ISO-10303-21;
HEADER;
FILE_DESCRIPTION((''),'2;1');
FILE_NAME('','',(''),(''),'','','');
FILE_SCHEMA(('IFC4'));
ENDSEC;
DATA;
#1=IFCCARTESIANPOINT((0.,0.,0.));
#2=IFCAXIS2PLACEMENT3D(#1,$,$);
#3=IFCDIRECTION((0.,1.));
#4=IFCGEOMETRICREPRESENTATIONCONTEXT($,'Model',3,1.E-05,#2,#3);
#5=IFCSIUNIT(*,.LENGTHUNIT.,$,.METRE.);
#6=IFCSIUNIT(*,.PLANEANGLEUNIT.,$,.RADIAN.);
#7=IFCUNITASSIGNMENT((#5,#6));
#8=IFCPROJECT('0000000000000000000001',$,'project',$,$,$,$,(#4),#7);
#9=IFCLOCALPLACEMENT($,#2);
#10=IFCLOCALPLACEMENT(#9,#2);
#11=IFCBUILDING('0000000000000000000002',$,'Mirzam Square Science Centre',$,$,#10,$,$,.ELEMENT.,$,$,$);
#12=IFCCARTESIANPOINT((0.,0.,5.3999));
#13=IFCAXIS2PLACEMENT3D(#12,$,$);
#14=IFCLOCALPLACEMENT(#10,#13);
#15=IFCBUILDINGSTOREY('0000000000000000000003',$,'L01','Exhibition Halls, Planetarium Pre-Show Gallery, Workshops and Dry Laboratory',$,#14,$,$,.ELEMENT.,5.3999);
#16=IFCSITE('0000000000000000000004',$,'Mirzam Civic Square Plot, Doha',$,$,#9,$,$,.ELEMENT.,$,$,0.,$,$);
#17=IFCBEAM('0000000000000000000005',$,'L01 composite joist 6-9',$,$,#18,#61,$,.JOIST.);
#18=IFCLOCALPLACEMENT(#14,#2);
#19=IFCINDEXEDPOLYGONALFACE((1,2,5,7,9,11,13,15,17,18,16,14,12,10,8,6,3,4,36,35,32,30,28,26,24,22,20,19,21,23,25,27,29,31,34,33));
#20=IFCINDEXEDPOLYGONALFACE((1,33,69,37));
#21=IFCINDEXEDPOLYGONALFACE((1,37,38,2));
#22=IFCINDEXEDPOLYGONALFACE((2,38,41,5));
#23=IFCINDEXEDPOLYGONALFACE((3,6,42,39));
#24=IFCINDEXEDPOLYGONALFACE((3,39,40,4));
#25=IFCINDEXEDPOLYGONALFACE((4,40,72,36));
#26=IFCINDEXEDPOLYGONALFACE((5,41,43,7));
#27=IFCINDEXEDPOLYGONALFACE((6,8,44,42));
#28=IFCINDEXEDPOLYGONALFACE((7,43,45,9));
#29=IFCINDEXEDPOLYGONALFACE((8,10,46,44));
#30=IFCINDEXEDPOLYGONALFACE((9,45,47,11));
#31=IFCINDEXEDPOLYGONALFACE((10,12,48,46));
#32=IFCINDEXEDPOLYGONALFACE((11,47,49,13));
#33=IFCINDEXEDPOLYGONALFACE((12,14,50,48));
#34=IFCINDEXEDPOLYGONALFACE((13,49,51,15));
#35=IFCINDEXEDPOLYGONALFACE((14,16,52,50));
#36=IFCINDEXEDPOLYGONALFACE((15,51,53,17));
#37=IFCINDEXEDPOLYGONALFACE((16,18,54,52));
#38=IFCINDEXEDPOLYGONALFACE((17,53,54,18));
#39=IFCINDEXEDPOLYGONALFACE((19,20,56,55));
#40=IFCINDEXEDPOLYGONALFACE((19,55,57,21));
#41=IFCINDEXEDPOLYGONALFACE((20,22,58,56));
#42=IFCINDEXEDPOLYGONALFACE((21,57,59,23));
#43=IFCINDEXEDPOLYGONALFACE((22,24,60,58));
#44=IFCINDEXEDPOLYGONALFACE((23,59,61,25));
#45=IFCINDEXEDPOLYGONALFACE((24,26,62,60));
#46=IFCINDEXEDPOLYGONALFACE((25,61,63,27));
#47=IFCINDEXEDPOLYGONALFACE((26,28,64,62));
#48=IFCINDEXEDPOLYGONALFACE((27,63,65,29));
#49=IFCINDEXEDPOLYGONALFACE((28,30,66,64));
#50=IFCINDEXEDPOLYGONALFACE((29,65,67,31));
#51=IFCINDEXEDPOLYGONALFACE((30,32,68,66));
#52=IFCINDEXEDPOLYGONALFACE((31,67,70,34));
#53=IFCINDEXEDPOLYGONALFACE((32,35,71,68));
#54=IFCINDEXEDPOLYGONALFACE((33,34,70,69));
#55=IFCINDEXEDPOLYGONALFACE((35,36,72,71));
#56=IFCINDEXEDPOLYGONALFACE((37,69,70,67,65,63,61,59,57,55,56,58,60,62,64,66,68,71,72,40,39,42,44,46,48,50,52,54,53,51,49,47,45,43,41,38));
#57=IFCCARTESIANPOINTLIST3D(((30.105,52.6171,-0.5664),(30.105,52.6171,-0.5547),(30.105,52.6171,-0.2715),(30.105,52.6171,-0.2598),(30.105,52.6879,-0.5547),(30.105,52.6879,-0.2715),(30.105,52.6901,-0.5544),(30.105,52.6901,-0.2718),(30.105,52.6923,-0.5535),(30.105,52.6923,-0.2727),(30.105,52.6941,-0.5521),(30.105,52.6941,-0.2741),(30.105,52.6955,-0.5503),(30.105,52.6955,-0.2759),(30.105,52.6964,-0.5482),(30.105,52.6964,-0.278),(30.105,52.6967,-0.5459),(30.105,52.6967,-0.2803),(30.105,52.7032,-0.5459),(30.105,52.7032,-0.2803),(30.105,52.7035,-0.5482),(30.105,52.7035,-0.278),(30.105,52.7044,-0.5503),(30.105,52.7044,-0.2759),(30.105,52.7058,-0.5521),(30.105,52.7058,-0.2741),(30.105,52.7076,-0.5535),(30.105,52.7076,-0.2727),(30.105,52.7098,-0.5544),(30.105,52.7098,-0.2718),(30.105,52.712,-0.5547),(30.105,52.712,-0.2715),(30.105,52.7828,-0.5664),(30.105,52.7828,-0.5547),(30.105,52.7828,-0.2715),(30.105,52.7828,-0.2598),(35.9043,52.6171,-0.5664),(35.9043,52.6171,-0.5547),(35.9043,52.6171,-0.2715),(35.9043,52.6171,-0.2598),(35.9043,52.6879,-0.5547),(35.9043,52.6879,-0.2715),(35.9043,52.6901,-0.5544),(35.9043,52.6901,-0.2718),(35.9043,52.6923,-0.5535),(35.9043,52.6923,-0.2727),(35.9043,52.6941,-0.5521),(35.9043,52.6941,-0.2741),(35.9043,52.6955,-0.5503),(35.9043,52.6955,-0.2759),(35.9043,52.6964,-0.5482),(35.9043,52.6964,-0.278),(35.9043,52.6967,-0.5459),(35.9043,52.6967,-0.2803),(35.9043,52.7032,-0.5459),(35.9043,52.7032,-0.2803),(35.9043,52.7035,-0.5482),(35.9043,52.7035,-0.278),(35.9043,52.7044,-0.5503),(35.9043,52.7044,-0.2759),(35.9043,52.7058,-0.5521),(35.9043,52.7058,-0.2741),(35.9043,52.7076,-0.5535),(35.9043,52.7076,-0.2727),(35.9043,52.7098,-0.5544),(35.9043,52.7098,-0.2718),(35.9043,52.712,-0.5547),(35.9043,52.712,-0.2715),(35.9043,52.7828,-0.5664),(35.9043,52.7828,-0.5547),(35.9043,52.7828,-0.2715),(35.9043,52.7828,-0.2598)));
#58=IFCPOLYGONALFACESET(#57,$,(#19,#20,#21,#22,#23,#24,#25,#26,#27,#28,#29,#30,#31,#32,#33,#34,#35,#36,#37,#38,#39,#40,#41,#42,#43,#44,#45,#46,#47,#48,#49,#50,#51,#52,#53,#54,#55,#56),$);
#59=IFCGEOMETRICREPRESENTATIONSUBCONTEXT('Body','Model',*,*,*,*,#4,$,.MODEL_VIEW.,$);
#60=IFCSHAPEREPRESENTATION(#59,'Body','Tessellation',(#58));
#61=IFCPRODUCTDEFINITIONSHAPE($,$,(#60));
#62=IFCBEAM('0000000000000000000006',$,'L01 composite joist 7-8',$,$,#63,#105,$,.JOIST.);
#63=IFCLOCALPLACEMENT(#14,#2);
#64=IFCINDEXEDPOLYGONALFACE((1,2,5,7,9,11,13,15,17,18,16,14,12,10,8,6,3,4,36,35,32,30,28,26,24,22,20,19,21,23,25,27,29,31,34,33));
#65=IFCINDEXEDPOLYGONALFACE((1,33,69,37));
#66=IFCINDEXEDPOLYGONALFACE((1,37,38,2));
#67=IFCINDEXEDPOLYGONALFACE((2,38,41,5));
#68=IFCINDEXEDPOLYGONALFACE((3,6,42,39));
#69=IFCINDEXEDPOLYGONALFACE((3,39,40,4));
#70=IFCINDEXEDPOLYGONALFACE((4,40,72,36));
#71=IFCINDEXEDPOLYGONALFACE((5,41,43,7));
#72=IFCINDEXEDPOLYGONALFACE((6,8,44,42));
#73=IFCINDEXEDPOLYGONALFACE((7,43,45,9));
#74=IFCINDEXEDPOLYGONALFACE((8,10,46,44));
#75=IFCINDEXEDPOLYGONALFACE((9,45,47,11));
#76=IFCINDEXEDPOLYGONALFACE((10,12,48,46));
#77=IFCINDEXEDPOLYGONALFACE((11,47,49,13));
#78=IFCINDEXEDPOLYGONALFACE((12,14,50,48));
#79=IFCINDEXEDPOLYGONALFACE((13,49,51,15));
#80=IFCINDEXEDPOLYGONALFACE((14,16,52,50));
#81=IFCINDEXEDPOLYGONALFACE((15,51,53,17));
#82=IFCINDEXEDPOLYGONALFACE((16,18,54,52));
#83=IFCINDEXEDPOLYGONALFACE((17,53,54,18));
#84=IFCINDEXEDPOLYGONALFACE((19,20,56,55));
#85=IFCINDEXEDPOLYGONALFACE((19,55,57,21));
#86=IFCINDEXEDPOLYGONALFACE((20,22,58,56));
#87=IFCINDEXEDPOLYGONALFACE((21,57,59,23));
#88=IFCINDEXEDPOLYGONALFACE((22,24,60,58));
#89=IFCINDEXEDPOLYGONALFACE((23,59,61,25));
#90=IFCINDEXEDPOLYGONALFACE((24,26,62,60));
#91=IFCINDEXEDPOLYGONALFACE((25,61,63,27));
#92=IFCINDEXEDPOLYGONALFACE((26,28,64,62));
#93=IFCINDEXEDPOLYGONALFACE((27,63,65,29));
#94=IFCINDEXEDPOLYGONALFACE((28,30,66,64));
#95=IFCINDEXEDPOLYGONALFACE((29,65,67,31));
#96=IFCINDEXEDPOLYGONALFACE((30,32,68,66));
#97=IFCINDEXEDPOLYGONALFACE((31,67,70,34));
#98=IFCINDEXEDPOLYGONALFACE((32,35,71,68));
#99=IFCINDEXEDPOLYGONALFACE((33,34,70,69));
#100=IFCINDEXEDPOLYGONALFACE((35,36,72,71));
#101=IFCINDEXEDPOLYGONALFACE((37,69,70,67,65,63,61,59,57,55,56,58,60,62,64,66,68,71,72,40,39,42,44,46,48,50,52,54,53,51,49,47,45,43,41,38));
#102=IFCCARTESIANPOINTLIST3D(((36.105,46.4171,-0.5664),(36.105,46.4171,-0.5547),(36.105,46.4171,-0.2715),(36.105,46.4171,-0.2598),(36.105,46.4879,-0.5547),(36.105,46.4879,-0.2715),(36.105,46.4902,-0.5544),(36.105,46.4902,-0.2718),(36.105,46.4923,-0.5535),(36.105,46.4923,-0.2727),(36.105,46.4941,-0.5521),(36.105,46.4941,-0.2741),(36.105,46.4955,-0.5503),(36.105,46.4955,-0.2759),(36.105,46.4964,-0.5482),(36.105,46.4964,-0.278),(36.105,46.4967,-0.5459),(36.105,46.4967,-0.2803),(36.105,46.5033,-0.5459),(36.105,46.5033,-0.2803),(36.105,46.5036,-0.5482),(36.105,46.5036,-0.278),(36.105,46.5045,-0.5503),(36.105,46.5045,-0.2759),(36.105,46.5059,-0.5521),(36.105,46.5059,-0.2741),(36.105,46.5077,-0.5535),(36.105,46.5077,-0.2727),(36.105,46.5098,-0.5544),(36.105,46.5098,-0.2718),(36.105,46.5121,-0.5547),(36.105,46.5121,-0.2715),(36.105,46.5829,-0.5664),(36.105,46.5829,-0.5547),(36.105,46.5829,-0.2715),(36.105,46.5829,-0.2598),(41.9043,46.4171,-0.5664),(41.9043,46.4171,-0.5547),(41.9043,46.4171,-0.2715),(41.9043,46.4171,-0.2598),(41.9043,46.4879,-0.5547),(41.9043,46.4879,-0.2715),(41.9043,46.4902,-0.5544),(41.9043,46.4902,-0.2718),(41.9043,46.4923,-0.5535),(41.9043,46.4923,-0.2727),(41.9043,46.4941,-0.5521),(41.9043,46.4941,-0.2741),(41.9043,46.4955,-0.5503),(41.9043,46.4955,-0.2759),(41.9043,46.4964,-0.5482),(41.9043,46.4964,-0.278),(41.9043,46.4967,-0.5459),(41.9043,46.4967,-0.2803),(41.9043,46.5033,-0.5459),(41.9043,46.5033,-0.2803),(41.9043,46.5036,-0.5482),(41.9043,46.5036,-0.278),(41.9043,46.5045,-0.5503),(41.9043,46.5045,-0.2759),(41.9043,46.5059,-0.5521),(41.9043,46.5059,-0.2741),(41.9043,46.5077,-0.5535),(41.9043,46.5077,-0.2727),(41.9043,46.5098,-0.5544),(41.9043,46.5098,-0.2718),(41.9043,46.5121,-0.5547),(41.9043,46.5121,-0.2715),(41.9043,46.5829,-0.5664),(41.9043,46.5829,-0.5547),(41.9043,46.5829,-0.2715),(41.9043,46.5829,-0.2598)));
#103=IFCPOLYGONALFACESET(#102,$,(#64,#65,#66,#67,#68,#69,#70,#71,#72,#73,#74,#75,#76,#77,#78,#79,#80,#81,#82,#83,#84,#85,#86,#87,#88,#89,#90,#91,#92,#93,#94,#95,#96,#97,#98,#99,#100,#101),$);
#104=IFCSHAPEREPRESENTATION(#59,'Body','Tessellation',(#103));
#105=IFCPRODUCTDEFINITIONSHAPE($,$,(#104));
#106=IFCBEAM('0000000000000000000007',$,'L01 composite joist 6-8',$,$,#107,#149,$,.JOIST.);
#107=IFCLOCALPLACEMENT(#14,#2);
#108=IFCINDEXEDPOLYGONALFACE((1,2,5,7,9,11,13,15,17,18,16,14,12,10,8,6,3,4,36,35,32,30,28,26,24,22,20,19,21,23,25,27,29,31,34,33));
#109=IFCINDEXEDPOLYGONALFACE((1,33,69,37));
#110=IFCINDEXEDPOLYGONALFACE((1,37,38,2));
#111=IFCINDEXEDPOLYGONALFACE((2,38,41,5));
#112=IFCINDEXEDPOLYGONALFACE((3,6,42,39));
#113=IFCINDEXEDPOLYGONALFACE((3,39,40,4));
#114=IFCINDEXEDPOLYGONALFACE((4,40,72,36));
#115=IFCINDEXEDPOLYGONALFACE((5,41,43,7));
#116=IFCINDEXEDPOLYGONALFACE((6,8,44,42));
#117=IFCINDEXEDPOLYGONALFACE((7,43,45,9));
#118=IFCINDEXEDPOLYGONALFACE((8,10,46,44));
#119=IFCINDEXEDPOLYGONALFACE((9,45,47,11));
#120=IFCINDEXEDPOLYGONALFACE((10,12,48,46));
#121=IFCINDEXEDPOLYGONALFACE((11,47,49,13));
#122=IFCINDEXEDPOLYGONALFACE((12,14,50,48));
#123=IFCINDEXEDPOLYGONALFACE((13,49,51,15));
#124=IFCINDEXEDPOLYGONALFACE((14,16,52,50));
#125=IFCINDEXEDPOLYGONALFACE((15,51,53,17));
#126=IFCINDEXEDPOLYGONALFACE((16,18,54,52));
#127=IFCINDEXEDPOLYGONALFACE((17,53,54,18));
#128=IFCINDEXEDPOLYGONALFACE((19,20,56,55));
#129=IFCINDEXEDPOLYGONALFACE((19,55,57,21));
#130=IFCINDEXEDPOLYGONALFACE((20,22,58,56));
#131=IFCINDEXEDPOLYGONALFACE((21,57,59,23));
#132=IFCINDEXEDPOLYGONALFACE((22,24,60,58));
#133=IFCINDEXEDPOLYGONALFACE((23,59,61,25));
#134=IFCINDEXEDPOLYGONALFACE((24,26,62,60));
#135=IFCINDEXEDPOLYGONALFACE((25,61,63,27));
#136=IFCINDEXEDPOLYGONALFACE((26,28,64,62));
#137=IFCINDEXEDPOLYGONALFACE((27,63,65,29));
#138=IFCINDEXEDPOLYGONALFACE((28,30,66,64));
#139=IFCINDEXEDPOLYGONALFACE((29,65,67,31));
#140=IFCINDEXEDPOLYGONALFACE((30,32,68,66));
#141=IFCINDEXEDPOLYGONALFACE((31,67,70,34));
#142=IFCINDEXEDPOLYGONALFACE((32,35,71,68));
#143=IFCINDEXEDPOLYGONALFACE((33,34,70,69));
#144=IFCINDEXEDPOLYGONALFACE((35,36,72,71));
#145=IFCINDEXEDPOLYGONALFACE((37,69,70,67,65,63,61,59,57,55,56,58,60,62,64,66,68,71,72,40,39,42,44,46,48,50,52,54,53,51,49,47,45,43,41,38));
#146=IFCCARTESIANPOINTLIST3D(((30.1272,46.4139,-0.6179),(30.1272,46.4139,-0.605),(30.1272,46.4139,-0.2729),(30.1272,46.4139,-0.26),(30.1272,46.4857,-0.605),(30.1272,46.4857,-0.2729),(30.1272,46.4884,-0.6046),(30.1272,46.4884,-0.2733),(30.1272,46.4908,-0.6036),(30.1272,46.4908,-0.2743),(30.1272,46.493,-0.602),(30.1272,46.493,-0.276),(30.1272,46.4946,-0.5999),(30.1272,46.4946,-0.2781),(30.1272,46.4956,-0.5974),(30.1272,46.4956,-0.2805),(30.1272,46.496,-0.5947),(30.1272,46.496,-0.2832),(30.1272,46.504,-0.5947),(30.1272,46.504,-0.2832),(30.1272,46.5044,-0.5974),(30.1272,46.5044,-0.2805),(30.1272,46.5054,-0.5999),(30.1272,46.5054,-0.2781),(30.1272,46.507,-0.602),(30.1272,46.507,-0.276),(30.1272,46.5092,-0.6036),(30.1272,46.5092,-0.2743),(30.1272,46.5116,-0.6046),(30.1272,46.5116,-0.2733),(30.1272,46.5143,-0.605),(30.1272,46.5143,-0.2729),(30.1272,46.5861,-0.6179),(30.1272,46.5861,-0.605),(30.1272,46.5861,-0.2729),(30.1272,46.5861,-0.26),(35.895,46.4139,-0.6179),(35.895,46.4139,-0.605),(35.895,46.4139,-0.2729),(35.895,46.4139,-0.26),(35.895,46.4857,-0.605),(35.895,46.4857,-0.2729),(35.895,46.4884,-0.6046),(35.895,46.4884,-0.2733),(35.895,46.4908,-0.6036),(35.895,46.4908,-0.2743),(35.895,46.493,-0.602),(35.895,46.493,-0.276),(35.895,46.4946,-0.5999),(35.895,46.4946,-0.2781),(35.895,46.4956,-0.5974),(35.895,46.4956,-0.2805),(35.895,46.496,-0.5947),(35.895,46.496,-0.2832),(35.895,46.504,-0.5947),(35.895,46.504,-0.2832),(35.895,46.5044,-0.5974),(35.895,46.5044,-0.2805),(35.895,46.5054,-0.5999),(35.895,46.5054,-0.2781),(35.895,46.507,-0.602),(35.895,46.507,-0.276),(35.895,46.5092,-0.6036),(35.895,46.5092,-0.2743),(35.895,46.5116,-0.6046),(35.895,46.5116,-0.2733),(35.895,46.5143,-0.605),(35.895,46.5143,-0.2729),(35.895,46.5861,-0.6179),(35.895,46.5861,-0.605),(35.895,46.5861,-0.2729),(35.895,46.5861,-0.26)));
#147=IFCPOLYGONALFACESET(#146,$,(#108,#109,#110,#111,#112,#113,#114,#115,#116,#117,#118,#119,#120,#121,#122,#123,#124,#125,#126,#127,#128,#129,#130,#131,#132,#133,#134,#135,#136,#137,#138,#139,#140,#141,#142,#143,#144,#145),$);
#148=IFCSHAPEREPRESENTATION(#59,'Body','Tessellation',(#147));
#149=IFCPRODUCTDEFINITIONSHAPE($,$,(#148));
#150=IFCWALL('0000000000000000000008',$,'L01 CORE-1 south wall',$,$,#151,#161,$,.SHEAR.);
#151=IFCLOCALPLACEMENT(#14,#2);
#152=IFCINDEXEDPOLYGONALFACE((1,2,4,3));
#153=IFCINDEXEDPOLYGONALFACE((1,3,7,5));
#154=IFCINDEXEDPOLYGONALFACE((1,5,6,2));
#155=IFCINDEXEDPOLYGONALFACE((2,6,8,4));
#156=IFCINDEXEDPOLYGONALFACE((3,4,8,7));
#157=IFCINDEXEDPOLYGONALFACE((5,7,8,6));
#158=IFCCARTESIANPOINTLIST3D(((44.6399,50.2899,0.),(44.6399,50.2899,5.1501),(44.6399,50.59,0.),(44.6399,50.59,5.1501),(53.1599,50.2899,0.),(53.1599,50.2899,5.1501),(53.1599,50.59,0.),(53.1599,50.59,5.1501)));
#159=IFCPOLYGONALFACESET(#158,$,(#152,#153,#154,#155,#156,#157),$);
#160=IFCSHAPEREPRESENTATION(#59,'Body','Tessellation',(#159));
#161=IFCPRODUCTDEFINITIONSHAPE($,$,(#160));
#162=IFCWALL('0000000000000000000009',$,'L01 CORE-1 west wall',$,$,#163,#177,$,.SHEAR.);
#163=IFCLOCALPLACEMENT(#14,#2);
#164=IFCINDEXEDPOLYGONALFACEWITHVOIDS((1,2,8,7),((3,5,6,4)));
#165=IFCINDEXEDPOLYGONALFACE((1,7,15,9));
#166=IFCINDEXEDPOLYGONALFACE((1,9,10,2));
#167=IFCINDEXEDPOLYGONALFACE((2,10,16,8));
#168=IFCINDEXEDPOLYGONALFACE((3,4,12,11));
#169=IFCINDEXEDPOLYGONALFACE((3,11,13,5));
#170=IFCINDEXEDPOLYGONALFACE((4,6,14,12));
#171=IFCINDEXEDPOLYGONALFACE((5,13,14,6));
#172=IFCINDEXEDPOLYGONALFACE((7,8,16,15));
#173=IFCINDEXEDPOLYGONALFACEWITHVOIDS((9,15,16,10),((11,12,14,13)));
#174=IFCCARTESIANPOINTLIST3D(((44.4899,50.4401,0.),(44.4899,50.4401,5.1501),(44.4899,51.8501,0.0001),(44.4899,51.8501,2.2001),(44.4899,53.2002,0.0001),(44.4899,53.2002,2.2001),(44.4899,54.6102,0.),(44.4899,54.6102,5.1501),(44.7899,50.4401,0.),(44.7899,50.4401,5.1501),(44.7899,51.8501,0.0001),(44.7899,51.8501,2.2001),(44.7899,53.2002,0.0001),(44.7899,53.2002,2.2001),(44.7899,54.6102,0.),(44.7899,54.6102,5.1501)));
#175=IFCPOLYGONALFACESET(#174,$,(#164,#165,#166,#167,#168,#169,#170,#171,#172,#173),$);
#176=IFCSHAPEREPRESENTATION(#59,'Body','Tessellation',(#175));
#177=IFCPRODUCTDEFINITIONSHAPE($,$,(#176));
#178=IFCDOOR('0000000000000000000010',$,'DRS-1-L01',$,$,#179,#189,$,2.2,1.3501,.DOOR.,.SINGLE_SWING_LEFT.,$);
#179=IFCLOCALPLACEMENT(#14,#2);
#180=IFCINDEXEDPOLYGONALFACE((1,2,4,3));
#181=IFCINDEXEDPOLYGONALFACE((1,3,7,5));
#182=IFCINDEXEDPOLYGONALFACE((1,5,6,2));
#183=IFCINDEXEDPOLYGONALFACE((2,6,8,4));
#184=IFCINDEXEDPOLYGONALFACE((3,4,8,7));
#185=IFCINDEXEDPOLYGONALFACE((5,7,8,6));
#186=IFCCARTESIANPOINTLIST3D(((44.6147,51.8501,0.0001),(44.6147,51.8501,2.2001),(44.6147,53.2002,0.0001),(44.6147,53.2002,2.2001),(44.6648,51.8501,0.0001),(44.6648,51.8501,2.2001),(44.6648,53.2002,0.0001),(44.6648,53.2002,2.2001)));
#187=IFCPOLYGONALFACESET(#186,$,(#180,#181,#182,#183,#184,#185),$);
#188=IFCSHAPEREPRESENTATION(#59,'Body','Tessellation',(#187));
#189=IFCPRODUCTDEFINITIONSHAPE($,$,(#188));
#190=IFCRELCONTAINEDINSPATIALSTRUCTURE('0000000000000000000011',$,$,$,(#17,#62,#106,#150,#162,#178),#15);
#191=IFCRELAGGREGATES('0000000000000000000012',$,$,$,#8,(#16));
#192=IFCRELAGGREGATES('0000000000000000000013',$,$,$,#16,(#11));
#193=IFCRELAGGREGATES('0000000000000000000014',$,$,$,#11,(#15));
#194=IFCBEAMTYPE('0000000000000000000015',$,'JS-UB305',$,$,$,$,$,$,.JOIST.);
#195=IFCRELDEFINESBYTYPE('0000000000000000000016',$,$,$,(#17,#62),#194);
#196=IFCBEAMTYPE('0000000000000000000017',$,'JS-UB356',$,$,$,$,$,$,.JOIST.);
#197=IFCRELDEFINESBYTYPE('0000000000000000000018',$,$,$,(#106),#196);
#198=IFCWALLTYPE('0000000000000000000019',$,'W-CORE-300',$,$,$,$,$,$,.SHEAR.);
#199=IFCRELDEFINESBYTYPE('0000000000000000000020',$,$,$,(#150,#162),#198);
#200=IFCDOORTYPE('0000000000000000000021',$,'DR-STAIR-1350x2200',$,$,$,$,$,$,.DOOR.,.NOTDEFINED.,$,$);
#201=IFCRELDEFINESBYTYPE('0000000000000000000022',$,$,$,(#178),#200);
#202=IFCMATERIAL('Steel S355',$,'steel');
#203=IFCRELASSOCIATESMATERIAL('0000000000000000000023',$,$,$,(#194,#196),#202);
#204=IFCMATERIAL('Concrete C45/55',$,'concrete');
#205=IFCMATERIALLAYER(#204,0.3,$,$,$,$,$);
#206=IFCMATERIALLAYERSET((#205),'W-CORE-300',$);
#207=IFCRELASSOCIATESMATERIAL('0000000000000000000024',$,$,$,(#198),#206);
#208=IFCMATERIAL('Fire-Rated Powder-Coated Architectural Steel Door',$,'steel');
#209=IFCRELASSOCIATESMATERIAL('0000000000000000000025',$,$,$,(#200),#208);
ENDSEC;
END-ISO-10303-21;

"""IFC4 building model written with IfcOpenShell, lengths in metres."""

from ifc_helpers import new_model, si_unit, direction, frame, frame_2d, origin, origin_2d, place, context, subcontext, project, spatial, rectangle, i_section, extrude, material, layer, layer_set, material_profile, profile_set, type_object, element, fill, save


model = new_model("IFC4")

# Units and contexts
model_context = context("Model", 3, precision=1e-05, world=origin(), true_north=direction((0.0, 1.0)))
body_context = subcontext(model_context, "Body", "Model", "MODEL_VIEW")
ifc_project = project(units=[si_unit("LENGTHUNIT", "METRE"), si_unit("PLANEANGLEUNIT", "RADIAN")], contexts=[model_context])

# Site, building, storey
site_placement = place(None, origin())
site = spatial("IfcSite", under=ifc_project, at=site_placement, Name="Mirzam Civic Square Plot, Doha", CompositionType="ELEMENT", RefElevation=0.0)
building_placement = place(site_placement, origin())
building = spatial("IfcBuilding", under=site, at=building_placement, Name="Mirzam Square Science Centre", CompositionType="ELEMENT")
storey_placement = place(building_placement, frame((0.0, 0.0, 5.3999)))
storey = spatial("IfcBuildingStorey", under=building, at=storey_placement, Name="L01", Description="Exhibition Halls, Planetarium Pre-Show Gallery, Workshops and Dry Laboratory", CompositionType="ELEMENT", Elevation=5.3999)

# Shared definitions
ifc_material_1 = material(Name="Steel S355", Category="steel")

# Beams
ifc_material_profile_1 = material_profile(ifc_material_1, i_section(OverallWidth=0.1658, OverallDepth=0.3066, WebThickness=0.0066, FlangeThickness=0.0117, FilletRadius=0.0088, at=origin_2d()), Name="305x165x46UB")
ifc_profile_set_1 = profile_set([ifc_material_profile_1], Name="Steel S355")
beam_type_1 = type_object("IfcBeamType", Name="JS-UB305", PredefinedType="JOIST", material=ifc_profile_set_1)
for number, where, z_axis, x_axis, name in (
    (1, (30.105, 52.7, -0.4131), (1.0, 0.0, 0.0), (0.0, 1.0, 0.0), "L01 composite joist 6-9"),
    (2, (36.105, 46.5, -0.4131), (1.0, 0.0, 0.0), (0.0, 1.0, 0.0), "L01 composite joist 7-8"),
):
    element("IfcBeam", number, at=place(storey_placement, frame(where, z_axis=z_axis, x_axis=x_axis)), inside=storey, type_object=beam_type_1, Name=name, PredefinedType="JOIST", context=body_context, shape_type="SweptSolid", body=[
        extrude(i_section(OverallWidth=0.1658, OverallDepth=0.3066, WebThickness=0.0066, FlangeThickness=0.0117, FilletRadius=0.0088, at=origin_2d()), origin(), (0.0, 0.0, 1.0), 5.7993),
    ])
ifc_material_profile_2 = material_profile(ifc_material_1, i_section(OverallWidth=0.1721, OverallDepth=0.3579, WebThickness=0.0081, FlangeThickness=0.0129, FilletRadius=0.0103, at=origin_2d()), Name="356x171x57UB")
ifc_profile_set_2 = profile_set([ifc_material_profile_2], Name="Steel S355")
beam_type_2 = type_object("IfcBeamType", Name="JS-UB356", PredefinedType="JOIST", material=ifc_profile_set_2)
beam_1_placement = place(storey_placement, frame((30.1272, 46.5, -0.439), z_axis=(1.0, 0.0, 0.0), x_axis=(0.0, 1.0, 0.0)))
element("IfcBeam", 3, at=beam_1_placement, inside=storey, type_object=beam_type_2, Name="L01 composite joist 6-8", PredefinedType="JOIST", context=body_context, shape_type="SweptSolid", body=[
    extrude(i_section(OverallWidth=0.1721, OverallDepth=0.3579, WebThickness=0.0081, FlangeThickness=0.0129, FilletRadius=0.0103, at=origin_2d()), origin(), (0.0, 0.0, 1.0), 5.7678),
])

# Wall
ifc_material_2 = material(Name="Concrete C45/55", Category="concrete")
ifc_layer_1 = layer(ifc_material_2, 0.3)
ifc_layer_set_1 = layer_set([ifc_layer_1], Name="W-CORE-300")
wall_type_1 = type_object("IfcWallType", Name="W-CORE-300", PredefinedType="SHEAR", material=ifc_layer_set_1)
wall_1_placement = place(storey_placement, frame((44.6399, 50.4399, 0.0), z_axis=(0.0, 0.0, 1.0), x_axis=(1.0, 0.0, 0.0)))
element("IfcWall", 4, at=wall_1_placement, inside=storey, type_object=wall_type_1, Name="L01 CORE-1 south wall", PredefinedType="SHEAR", context=body_context, shape_type="SweptSolid", body=[
    extrude(rectangle(XDim=8.52, YDim=0.3, at=frame_2d((4.26, 0.0))), origin(), (0.0, 0.0, 1.0), 5.1501),
])

# Wall, opening, door
wall_2_placement = place(storey_placement, frame((44.6399, 54.6101, 0.0), z_axis=(0.0, 0.0, 1.0), x_axis=(0.0, -1.0, 0.0)))
wall_2 = element("IfcWall", 5, at=wall_2_placement, inside=storey, type_object=wall_type_1, Name="L01 CORE-1 west wall", PredefinedType="SHEAR", context=body_context, shape_type="SweptSolid", body=[
    extrude(rectangle(XDim=4.1702, YDim=0.3, at=frame_2d((2.085, 0.0))), origin(), (0.0, 0.0, 1.0), 5.1501),
])
opening_1_placement = place(wall_2_placement, frame((1.4099, 0.0, 0.0)))
opening_1 = element("IfcOpeningElement", 6, at=opening_1_placement, cuts=wall_2, PredefinedType="OPENING", context=body_context, shape_type="SweptSolid", body=[
    extrude(rectangle(XDim=1.3501, YDim=2.2, at=frame_2d((0.675, 1.1001))), frame((0.0, 0.1599, 0.0), z_axis=(0.0, -1.0, 0.0), x_axis=(1.0, 0.0, 0.0)), (0.0, 0.0, 1.0), 0.3201),
])
ifc_material_3 = material(Name="Fire-Rated Powder-Coated Architectural Steel Door", Category="steel")
door_type_1 = type_object("IfcDoorType", Name="DR-STAIR-1350x2200", OperationType="NOTDEFINED", PredefinedType="DOOR", material=ifc_material_3)
door_1_placement = place(opening_1_placement, origin())
door_1 = element("IfcDoor", 7, at=door_1_placement, inside=storey, type_object=door_type_1, Name="DRS-1-L01", OperationType="SINGLE_SWING_LEFT", OverallHeight=2.2, OverallWidth=1.3501, PredefinedType="DOOR", context=body_context, shape_type="SweptSolid", body=[
    extrude(rectangle(XDim=1.3501, YDim=2.2, at=frame_2d((0.675, 1.1001))), frame((0.0, 0.0249, 0.0), z_axis=(0.0, -1.0, 0.0), x_axis=(1.0, 0.0, 0.0)), (0.0, 0.0, 1.0), 0.05),
])
fill(opening_1, door_1)

save(model, "model.ifc")
